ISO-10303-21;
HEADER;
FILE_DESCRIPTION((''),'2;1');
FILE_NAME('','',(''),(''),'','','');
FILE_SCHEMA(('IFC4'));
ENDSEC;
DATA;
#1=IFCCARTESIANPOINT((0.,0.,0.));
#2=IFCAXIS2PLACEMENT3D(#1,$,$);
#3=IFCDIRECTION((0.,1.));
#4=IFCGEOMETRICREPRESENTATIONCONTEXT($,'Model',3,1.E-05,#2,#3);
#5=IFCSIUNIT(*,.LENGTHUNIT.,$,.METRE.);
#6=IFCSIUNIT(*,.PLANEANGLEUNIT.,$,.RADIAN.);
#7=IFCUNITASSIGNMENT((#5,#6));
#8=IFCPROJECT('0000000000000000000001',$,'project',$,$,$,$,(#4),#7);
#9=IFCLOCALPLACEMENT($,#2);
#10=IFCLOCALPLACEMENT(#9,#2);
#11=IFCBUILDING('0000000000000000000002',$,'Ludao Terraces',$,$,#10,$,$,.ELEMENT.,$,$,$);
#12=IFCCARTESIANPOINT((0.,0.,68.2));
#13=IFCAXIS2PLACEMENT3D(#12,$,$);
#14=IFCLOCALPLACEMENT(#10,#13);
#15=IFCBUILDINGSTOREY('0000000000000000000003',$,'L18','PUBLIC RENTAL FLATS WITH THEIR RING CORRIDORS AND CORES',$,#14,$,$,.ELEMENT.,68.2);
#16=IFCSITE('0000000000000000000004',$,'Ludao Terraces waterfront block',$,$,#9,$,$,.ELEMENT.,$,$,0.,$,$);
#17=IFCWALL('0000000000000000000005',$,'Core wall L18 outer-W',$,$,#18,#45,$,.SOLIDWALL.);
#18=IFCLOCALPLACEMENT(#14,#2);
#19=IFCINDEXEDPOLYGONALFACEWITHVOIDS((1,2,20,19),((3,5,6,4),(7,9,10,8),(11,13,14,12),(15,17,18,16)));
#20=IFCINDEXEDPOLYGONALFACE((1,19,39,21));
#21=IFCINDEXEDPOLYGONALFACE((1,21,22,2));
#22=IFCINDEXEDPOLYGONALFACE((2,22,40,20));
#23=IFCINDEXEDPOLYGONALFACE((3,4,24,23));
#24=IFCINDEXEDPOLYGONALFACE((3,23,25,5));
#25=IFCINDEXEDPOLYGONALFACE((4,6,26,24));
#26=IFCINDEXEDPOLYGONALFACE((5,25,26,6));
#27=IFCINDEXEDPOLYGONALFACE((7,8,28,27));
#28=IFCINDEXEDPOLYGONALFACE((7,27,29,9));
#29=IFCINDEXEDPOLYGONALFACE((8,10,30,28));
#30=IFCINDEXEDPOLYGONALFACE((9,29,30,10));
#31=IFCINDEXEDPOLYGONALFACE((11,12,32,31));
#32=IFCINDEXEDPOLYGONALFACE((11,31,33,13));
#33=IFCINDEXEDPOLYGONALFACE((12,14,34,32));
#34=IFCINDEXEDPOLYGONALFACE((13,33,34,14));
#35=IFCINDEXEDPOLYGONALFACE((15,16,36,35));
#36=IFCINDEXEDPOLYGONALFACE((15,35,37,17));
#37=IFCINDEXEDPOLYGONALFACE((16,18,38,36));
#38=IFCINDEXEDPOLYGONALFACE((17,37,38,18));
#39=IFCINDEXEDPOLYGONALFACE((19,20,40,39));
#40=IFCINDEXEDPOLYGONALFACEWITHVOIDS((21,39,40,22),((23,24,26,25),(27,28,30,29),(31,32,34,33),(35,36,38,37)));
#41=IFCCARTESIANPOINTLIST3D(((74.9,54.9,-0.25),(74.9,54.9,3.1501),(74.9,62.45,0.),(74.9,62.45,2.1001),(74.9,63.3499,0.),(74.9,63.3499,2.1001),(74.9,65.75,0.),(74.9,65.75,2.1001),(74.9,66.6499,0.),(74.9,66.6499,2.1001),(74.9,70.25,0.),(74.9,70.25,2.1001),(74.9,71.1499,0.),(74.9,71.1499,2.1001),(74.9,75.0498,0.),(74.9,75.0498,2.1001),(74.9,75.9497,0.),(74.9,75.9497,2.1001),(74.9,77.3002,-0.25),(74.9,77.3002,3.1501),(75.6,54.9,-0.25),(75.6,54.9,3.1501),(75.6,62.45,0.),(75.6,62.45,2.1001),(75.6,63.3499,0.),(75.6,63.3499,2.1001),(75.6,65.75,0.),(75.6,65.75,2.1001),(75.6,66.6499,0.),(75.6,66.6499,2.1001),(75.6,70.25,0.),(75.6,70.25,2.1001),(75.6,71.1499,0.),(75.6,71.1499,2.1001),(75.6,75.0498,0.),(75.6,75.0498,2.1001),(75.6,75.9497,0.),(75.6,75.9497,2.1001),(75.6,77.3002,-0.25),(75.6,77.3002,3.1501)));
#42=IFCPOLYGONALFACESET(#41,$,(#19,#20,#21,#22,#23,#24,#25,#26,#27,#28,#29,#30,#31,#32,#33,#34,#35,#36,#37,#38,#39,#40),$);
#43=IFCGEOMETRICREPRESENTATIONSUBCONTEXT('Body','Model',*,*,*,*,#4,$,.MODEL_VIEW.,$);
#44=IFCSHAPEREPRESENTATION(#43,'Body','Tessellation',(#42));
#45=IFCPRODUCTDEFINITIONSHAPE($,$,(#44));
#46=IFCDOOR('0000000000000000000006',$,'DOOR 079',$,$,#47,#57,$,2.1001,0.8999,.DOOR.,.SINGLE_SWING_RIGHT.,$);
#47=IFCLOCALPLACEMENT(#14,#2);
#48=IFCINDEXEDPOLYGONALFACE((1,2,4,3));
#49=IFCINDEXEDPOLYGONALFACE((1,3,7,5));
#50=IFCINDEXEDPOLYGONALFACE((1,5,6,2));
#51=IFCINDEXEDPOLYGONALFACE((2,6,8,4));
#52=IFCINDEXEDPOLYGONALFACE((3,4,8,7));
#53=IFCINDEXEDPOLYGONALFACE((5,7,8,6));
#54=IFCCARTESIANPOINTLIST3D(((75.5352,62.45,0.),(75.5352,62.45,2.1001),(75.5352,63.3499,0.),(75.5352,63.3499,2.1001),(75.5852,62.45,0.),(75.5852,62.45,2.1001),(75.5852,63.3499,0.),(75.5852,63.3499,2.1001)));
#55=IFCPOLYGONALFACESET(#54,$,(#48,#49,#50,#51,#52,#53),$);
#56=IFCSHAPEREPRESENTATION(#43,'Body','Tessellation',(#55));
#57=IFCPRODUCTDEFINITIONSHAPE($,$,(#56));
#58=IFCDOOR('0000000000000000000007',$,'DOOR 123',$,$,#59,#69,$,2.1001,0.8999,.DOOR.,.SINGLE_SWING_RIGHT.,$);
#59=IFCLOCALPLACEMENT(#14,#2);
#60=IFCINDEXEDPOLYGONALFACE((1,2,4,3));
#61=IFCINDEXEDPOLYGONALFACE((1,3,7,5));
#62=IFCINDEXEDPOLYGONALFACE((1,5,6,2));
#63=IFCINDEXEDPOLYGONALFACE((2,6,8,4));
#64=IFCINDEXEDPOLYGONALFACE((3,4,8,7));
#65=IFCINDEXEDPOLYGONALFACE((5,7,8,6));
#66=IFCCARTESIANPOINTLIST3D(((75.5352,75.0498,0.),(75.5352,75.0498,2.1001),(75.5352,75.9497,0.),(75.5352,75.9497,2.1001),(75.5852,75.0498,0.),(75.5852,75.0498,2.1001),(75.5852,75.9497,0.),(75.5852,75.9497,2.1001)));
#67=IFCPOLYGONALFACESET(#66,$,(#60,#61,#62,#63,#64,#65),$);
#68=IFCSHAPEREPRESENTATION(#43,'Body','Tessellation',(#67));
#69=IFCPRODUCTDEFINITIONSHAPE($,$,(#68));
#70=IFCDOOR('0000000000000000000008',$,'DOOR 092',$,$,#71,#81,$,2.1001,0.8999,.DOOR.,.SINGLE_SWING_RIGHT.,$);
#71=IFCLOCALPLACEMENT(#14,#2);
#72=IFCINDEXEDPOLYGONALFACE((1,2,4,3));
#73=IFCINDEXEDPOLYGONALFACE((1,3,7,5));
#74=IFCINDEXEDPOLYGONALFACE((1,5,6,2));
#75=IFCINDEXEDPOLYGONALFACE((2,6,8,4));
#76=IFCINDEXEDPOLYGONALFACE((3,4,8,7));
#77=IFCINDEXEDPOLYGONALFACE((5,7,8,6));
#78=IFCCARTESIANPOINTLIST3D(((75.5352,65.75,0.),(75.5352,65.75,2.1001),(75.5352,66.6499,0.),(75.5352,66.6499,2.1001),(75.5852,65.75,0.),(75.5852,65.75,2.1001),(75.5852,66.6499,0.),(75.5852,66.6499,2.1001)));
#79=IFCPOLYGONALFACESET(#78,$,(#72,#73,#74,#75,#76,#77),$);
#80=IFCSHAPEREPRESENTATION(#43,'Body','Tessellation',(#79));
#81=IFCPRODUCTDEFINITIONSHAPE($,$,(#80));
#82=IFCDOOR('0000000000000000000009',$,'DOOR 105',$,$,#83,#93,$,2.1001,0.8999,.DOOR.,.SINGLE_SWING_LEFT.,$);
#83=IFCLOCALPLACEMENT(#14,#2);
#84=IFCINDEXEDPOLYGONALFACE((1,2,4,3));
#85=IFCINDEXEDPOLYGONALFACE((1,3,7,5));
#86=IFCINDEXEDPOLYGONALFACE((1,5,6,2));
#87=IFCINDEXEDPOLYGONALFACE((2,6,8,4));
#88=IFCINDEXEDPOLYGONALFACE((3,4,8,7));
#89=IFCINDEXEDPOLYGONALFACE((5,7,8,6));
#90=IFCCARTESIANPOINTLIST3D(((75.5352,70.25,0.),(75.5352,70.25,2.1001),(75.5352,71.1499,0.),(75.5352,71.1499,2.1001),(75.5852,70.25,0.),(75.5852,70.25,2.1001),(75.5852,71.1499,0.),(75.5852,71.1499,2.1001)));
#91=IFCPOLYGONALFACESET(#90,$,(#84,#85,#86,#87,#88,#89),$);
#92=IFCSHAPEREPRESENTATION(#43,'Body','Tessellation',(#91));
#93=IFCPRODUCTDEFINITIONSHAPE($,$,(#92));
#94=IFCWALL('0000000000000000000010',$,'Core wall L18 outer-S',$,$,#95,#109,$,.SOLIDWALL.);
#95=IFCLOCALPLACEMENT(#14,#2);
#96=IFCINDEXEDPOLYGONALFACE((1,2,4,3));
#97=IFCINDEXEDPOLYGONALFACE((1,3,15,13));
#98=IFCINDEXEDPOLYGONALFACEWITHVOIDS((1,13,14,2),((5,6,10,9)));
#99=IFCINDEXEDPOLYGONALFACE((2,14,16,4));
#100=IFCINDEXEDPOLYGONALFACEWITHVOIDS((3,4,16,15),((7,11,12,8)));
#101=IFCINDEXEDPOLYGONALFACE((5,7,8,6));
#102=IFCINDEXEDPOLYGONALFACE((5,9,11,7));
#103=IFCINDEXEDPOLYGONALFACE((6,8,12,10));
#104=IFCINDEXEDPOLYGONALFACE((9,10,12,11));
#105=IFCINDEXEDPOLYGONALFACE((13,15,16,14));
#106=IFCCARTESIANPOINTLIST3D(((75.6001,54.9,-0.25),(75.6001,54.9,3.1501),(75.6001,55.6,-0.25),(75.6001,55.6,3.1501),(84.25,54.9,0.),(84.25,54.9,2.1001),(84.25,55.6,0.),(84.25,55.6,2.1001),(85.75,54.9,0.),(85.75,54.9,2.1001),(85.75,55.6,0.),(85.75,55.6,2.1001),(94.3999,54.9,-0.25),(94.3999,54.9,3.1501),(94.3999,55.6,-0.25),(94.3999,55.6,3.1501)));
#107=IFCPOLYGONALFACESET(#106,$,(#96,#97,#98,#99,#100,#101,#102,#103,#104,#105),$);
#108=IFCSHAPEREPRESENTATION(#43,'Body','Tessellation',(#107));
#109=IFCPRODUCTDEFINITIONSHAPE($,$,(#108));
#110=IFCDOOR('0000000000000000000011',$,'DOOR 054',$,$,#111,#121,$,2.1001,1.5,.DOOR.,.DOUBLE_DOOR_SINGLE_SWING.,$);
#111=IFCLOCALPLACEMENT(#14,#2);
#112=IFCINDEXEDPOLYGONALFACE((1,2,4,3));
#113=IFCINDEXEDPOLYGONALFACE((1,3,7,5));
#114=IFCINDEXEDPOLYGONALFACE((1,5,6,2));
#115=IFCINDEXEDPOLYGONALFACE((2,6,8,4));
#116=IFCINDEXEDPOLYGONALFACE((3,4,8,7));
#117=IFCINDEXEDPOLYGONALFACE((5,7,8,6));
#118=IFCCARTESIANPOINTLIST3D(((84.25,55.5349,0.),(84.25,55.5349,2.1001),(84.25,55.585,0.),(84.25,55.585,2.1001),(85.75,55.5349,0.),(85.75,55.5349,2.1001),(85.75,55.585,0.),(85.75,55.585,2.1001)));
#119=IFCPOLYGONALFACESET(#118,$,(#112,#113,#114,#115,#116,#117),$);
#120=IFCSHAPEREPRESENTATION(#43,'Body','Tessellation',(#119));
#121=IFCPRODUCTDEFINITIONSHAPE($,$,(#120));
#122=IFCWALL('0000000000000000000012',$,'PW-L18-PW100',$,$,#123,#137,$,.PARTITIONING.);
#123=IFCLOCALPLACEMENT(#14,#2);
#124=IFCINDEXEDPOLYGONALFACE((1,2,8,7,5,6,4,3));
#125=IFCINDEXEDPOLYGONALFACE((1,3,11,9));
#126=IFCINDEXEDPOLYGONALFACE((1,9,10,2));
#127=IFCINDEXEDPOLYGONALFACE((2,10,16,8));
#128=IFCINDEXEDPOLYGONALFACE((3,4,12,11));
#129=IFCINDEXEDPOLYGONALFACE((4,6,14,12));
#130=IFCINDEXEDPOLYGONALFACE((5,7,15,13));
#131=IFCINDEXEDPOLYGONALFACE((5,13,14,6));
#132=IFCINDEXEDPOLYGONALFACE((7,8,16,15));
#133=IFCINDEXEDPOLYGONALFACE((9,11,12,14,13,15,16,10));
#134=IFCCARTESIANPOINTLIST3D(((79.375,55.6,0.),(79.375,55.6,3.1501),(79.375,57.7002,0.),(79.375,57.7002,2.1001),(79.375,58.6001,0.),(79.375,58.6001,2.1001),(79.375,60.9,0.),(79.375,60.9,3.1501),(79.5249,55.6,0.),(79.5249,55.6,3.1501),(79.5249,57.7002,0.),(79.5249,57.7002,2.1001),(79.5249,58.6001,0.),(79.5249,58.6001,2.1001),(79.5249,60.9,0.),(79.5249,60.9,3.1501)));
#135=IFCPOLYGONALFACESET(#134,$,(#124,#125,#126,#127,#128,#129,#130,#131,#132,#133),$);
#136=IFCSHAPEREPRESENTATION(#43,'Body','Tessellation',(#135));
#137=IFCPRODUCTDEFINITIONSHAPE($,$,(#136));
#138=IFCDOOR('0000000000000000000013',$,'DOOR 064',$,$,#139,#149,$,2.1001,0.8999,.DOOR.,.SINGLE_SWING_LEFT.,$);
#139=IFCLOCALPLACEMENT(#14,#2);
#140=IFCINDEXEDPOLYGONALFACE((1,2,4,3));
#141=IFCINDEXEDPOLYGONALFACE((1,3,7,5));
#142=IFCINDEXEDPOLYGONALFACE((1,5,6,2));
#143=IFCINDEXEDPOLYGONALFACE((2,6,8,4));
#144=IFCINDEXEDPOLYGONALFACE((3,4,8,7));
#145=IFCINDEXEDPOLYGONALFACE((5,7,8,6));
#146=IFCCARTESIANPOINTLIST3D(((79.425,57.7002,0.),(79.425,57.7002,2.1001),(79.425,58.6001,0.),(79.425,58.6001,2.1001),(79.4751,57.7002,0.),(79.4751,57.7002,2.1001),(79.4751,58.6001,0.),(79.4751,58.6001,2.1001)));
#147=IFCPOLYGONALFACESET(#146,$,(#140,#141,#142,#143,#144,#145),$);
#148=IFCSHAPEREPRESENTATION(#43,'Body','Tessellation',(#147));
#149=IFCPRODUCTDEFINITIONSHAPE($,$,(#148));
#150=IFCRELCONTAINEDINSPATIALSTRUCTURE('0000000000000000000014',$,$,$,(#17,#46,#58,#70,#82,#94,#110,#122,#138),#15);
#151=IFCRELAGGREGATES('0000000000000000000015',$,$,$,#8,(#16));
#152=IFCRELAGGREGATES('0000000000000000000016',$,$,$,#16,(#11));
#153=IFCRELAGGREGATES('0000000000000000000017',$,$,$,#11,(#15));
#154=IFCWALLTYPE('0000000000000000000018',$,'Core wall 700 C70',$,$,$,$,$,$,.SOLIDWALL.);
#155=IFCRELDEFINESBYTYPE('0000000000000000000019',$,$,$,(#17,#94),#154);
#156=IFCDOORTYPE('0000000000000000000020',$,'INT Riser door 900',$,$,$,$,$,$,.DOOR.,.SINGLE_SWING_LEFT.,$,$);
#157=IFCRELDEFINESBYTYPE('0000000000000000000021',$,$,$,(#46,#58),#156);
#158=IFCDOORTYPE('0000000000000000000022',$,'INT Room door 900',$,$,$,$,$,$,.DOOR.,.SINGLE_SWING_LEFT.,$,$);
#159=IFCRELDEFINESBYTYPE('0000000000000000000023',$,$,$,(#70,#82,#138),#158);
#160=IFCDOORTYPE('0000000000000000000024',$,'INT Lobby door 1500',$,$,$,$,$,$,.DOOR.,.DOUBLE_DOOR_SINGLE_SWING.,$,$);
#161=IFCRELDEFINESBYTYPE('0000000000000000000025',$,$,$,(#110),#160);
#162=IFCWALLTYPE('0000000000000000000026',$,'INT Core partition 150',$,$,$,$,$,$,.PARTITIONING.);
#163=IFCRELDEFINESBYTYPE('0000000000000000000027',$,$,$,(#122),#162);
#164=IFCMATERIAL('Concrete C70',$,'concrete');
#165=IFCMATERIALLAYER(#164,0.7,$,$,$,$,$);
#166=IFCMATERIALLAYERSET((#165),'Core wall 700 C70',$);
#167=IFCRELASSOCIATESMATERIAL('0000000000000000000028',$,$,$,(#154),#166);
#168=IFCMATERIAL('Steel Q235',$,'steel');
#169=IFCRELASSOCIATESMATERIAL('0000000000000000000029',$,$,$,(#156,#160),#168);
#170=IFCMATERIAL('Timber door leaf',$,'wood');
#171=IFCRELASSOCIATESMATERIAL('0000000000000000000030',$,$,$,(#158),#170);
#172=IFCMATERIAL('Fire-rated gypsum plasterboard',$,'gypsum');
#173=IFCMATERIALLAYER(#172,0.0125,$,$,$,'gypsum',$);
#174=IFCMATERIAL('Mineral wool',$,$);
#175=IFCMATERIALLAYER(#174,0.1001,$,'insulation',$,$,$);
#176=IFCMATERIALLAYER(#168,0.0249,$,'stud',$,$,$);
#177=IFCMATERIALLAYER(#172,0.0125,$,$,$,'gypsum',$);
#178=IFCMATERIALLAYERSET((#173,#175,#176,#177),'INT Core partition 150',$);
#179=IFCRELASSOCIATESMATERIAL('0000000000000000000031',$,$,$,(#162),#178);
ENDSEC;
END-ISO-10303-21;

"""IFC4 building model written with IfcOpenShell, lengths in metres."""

from ifc_helpers import new_model, si_unit, direction, frame, frame_2d, origin, place, context, subcontext, project, spatial, rectangle, extrude, material, layer, layer_set, type_object, element, fill, save


model = new_model("IFC4")

# Units and contexts
model_context = context("Model", 3, precision=1e-05, world=origin(), true_north=direction((0.0, 1.0)))
body_context = subcontext(model_context, "Body", "Model", "MODEL_VIEW")
ifc_project = project(units=[si_unit("LENGTHUNIT", "METRE"), si_unit("PLANEANGLEUNIT", "RADIAN")], contexts=[model_context])

# Site, building, storey
site_placement = place(None, origin())
site = spatial("IfcSite", under=ifc_project, at=site_placement, Name="Ludao Terraces waterfront block", CompositionType="ELEMENT", RefElevation=0.0)
building_placement = place(site_placement, origin())
building = spatial("IfcBuilding", under=site, at=building_placement, Name="Ludao Terraces", CompositionType="ELEMENT")
storey_placement = place(building_placement, frame((0.0, 0.0, 68.2)))
storey = spatial("IfcBuildingStorey", under=building, at=storey_placement, Name="L18", Description="PUBLIC RENTAL FLATS WITH THEIR RING CORRIDORS AND CORES", CompositionType="ELEMENT", Elevation=68.2)

# Wall, openings, doors
ifc_material_1 = material(Name="Concrete C70", Category="concrete")
ifc_layer_1 = layer(ifc_material_1, 0.7)
ifc_layer_set_1 = layer_set([ifc_layer_1], Name="Core wall 700 C70")
wall_type_1 = type_object("IfcWallType", Name="Core wall 700 C70", PredefinedType="SOLIDWALL", material=ifc_layer_set_1)
wall_1_placement = place(storey_placement, frame((75.25, 54.8999, -0.25), z_axis=(0.0, 0.0, 1.0), x_axis=(0.0, 1.0, 0.0)))
wall_1 = element("IfcWall", 1, at=wall_1_placement, inside=storey, type_object=wall_type_1, Name="Core wall L18 outer-W", PredefinedType="SOLIDWALL", context=body_context, shape_type="SweptSolid", body=[
    extrude(rectangle(XDim=22.4001, YDim=0.7, at=frame_2d((11.2002, 0.0))), origin(), (0.0, 0.0, 1.0), 3.4001),
])
opening_1_placement = place(wall_1_placement, frame((7.55, 0.0, 0.25)))
opening_1 = element("IfcOpeningElement", 2, at=opening_1_placement, cuts=wall_1, PredefinedType="OPENING", context=body_context, shape_type="SweptSolid", body=[
    extrude(rectangle(XDim=0.8999, YDim=2.1001, at=frame_2d((0.45, 1.05))), frame((0.0, 0.3599, 0.0), z_axis=(0.0, -1.0, 0.0), x_axis=(1.0, 0.0, 0.0)), (0.0, 0.0, 1.0), 0.72),
])
opening_2_placement = place(wall_1_placement, frame((10.8501, 0.0, 0.25)))
opening_2 = element("IfcOpeningElement", 3, at=opening_2_placement, cuts=wall_1, PredefinedType="OPENING", context=body_context, shape_type="SweptSolid", body=[
    extrude(rectangle(XDim=0.8999, YDim=2.1001, at=frame_2d((0.45, 1.05))), frame((0.0, 0.3599, 0.0), z_axis=(0.0, -1.0, 0.0), x_axis=(1.0, 0.0, 0.0)), (0.0, 0.0, 1.0), 0.72),
])
opening_3_placement = place(wall_1_placement, frame((15.3501, 0.0, 0.25)))
opening_3 = element("IfcOpeningElement", 4, at=opening_3_placement, cuts=wall_1, PredefinedType="OPENING", context=body_context, shape_type="SweptSolid", body=[
    extrude(rectangle(XDim=0.8999, YDim=2.1001, at=frame_2d((0.45, 1.05))), frame((0.0, 0.3599, 0.0), z_axis=(0.0, -1.0, 0.0), x_axis=(1.0, 0.0, 0.0)), (0.0, 0.0, 1.0), 0.72),
])
opening_4_placement = place(wall_1_placement, frame((20.1499, 0.0, 0.25)))
opening_4 = element("IfcOpeningElement", 5, at=opening_4_placement, cuts=wall_1, PredefinedType="OPENING", context=body_context, shape_type="SweptSolid", body=[
    extrude(rectangle(XDim=0.8999, YDim=2.1001, at=frame_2d((0.45, 1.05))), frame((0.0, 0.3599, 0.0), z_axis=(0.0, -1.0, 0.0), x_axis=(1.0, 0.0, 0.0)), (0.0, 0.0, 1.0), 0.72),
])
ifc_material_2 = material(Name="Steel Q235", Category="steel")
door_type_1 = type_object("IfcDoorType", Name="INT Riser door 900", OperationType="SINGLE_SWING_LEFT", PredefinedType="DOOR", material=ifc_material_2)
door_1_placement = place(opening_1_placement, origin())
door_1 = element("IfcDoor", 6, at=door_1_placement, inside=storey, type_object=door_type_1, Name="DOOR 079", OperationType="SINGLE_SWING_RIGHT", OverallHeight=2.1001, OverallWidth=0.8999, PredefinedType="DOOR", context=body_context, shape_type="SweptSolid", body=[
    extrude(rectangle(XDim=0.8999, YDim=2.1001, at=frame_2d((0.45, 1.05))), frame((0.0, -0.2852, 0.0), z_axis=(0.0, -1.0, 0.0), x_axis=(1.0, 0.0, 0.0)), (0.0, 0.0, 1.0), 0.05),
])
fill(opening_1, door_1)
door_2_placement = place(opening_4_placement, origin())
door_2 = element("IfcDoor", 7, at=door_2_placement, inside=storey, type_object=door_type_1, Name="DOOR 123", OperationType="SINGLE_SWING_RIGHT", OverallHeight=2.1001, OverallWidth=0.8999, PredefinedType="DOOR", context=body_context, shape_type="SweptSolid", body=[
    extrude(rectangle(XDim=0.8999, YDim=2.1001, at=frame_2d((0.45, 1.05))), frame((0.0, -0.2852, 0.0), z_axis=(0.0, -1.0, 0.0), x_axis=(1.0, 0.0, 0.0)), (0.0, 0.0, 1.0), 0.05),
])
fill(opening_4, door_2)
ifc_material_3 = material(Name="Timber door leaf", Category="wood")
door_type_2 = type_object("IfcDoorType", Name="INT Room door 900", OperationType="SINGLE_SWING_LEFT", PredefinedType="DOOR", material=ifc_material_3)
door_3_placement = place(opening_2_placement, origin())
door_3 = element("IfcDoor", 8, at=door_3_placement, inside=storey, type_object=door_type_2, Name="DOOR 092", OperationType="SINGLE_SWING_RIGHT", OverallHeight=2.1001, OverallWidth=0.8999, PredefinedType="DOOR", context=body_context, shape_type="SweptSolid", body=[
    extrude(rectangle(XDim=0.8999, YDim=2.1001, at=frame_2d((0.45, 1.05))), frame((0.0, -0.2852, 0.0), z_axis=(0.0, -1.0, 0.0), x_axis=(1.0, 0.0, 0.0)), (0.0, 0.0, 1.0), 0.05),
])
fill(opening_2, door_3)
door_4_placement = place(opening_3_placement, origin())
door_4 = element("IfcDoor", 9, at=door_4_placement, inside=storey, type_object=door_type_2, Name="DOOR 105", OperationType="SINGLE_SWING_LEFT", OverallHeight=2.1001, OverallWidth=0.8999, PredefinedType="DOOR", context=body_context, shape_type="SweptSolid", body=[
    extrude(rectangle(XDim=0.8999, YDim=2.1001, at=frame_2d((0.45, 1.05))), frame((0.0, -0.2852, 0.0), z_axis=(0.0, -1.0, 0.0), x_axis=(1.0, 0.0, 0.0)), (0.0, 0.0, 1.0), 0.05),
])
fill(opening_3, door_4)

# Walls, openings, doors
wall_2_placement = place(storey_placement, frame((75.6001, 55.25, -0.25), z_axis=(0.0, 0.0, 1.0), x_axis=(1.0, 0.0, 0.0)))
wall_2 = element("IfcWall", 10, at=wall_2_placement, inside=storey, type_object=wall_type_1, Name="Core wall L18 outer-S", PredefinedType="SOLIDWALL", context=body_context, shape_type="SweptSolid", body=[
    extrude(rectangle(XDim=18.7998, YDim=0.7, at=frame_2d((9.3999, 0.0))), origin(), (0.0, 0.0, 1.0), 3.4001),
])
opening_5_placement = place(wall_2_placement, frame((8.6499, 0.0, 0.25)))
opening_5 = element("IfcOpeningElement", 11, at=opening_5_placement, cuts=wall_2, PredefinedType="OPENING", context=body_context, shape_type="SweptSolid", body=[
    extrude(rectangle(XDim=1.5, YDim=2.1001, at=frame_2d((0.75, 1.05))), frame((0.0, 0.3599, 0.0), z_axis=(0.0, -1.0, 0.0), x_axis=(1.0, 0.0, 0.0)), (0.0, 0.0, 1.0), 0.72),
])
door_type_3 = type_object("IfcDoorType", Name="INT Lobby door 1500", OperationType="DOUBLE_DOOR_SINGLE_SWING", PredefinedType="DOOR", material=ifc_material_2)
door_5_placement = place(opening_5_placement, origin())
door_5 = element("IfcDoor", 12, at=door_5_placement, inside=storey, type_object=door_type_3, Name="DOOR 054", OperationType="DOUBLE_DOOR_SINGLE_SWING", OverallHeight=2.1001, OverallWidth=1.5, PredefinedType="DOOR", context=body_context, shape_type="SweptSolid", body=[
    extrude(rectangle(XDim=1.5, YDim=2.1001, at=frame_2d((0.75, 1.05))), frame((0.0, 0.335, 0.0), z_axis=(0.0, -1.0, 0.0), x_axis=(1.0, 0.0, 0.0)), (0.0, 0.0, 1.0), 0.05),
])
fill(opening_5, door_5)
ifc_material_4 = material(Name="Fire-rated gypsum plasterboard", Category="gypsum")
ifc_layer_2 = layer(ifc_material_4, 0.0125, Category="gypsum")
ifc_material_5 = material(Name="Mineral wool")
ifc_layer_3 = layer(ifc_material_5, 0.1001, Name="insulation")
ifc_layer_4 = layer(ifc_material_2, 0.0249, Name="stud")
ifc_layer_5 = layer(ifc_material_4, 0.0125, Category="gypsum")
ifc_layer_set_2 = layer_set([ifc_layer_2, ifc_layer_3, ifc_layer_4, ifc_layer_5], Name="INT Core partition 150")
wall_type_2 = type_object("IfcWallType", Name="INT Core partition 150", PredefinedType="PARTITIONING", material=ifc_layer_set_2)
wall_3_placement = place(storey_placement, frame((79.45, 55.6001, 0.0), z_axis=(0.0, 0.0, 1.0), x_axis=(0.0, 1.0, 0.0)))
wall_3 = element("IfcWall", 13, at=wall_3_placement, inside=storey, type_object=wall_type_2, Name="PW-L18-PW100", PredefinedType="PARTITIONING", context=body_context, shape_type="SweptSolid", body=[
    extrude(rectangle(XDim=5.3, YDim=0.1499, at=frame_2d((2.6499, 0.0))), origin(), (0.0, 0.0, 1.0), 3.1501),
])
opening_6_placement = place(wall_3_placement, frame((2.1001, 0.0, 0.0)))
opening_6 = element("IfcOpeningElement", 14, at=opening_6_placement, cuts=wall_3, PredefinedType="OPENING", context=body_context, shape_type="SweptSolid", body=[
    extrude(rectangle(XDim=0.8999, YDim=2.1001, at=frame_2d((0.45, 1.05))), frame((0.0, 0.085, 0.0), z_axis=(0.0, -1.0, 0.0), x_axis=(1.0, 0.0, 0.0)), (0.0, 0.0, 1.0), 0.1699),
])
door_6_placement = place(opening_6_placement, origin())
door_6 = element("IfcDoor", 15, at=door_6_placement, inside=storey, type_object=door_type_2, Name="DOOR 064", OperationType="SINGLE_SWING_LEFT", OverallHeight=2.1001, OverallWidth=0.8999, PredefinedType="DOOR", context=body_context, shape_type="SweptSolid", body=[
    extrude(rectangle(XDim=0.8999, YDim=2.1001, at=frame_2d((0.45, 1.05))), frame((0.0, 0.0249, 0.0), z_axis=(0.0, -1.0, 0.0), x_axis=(1.0, 0.0, 0.0)), (0.0, 0.0, 1.0), 0.05),
])
fill(opening_6, door_6)

save(model, "model.ifc")
